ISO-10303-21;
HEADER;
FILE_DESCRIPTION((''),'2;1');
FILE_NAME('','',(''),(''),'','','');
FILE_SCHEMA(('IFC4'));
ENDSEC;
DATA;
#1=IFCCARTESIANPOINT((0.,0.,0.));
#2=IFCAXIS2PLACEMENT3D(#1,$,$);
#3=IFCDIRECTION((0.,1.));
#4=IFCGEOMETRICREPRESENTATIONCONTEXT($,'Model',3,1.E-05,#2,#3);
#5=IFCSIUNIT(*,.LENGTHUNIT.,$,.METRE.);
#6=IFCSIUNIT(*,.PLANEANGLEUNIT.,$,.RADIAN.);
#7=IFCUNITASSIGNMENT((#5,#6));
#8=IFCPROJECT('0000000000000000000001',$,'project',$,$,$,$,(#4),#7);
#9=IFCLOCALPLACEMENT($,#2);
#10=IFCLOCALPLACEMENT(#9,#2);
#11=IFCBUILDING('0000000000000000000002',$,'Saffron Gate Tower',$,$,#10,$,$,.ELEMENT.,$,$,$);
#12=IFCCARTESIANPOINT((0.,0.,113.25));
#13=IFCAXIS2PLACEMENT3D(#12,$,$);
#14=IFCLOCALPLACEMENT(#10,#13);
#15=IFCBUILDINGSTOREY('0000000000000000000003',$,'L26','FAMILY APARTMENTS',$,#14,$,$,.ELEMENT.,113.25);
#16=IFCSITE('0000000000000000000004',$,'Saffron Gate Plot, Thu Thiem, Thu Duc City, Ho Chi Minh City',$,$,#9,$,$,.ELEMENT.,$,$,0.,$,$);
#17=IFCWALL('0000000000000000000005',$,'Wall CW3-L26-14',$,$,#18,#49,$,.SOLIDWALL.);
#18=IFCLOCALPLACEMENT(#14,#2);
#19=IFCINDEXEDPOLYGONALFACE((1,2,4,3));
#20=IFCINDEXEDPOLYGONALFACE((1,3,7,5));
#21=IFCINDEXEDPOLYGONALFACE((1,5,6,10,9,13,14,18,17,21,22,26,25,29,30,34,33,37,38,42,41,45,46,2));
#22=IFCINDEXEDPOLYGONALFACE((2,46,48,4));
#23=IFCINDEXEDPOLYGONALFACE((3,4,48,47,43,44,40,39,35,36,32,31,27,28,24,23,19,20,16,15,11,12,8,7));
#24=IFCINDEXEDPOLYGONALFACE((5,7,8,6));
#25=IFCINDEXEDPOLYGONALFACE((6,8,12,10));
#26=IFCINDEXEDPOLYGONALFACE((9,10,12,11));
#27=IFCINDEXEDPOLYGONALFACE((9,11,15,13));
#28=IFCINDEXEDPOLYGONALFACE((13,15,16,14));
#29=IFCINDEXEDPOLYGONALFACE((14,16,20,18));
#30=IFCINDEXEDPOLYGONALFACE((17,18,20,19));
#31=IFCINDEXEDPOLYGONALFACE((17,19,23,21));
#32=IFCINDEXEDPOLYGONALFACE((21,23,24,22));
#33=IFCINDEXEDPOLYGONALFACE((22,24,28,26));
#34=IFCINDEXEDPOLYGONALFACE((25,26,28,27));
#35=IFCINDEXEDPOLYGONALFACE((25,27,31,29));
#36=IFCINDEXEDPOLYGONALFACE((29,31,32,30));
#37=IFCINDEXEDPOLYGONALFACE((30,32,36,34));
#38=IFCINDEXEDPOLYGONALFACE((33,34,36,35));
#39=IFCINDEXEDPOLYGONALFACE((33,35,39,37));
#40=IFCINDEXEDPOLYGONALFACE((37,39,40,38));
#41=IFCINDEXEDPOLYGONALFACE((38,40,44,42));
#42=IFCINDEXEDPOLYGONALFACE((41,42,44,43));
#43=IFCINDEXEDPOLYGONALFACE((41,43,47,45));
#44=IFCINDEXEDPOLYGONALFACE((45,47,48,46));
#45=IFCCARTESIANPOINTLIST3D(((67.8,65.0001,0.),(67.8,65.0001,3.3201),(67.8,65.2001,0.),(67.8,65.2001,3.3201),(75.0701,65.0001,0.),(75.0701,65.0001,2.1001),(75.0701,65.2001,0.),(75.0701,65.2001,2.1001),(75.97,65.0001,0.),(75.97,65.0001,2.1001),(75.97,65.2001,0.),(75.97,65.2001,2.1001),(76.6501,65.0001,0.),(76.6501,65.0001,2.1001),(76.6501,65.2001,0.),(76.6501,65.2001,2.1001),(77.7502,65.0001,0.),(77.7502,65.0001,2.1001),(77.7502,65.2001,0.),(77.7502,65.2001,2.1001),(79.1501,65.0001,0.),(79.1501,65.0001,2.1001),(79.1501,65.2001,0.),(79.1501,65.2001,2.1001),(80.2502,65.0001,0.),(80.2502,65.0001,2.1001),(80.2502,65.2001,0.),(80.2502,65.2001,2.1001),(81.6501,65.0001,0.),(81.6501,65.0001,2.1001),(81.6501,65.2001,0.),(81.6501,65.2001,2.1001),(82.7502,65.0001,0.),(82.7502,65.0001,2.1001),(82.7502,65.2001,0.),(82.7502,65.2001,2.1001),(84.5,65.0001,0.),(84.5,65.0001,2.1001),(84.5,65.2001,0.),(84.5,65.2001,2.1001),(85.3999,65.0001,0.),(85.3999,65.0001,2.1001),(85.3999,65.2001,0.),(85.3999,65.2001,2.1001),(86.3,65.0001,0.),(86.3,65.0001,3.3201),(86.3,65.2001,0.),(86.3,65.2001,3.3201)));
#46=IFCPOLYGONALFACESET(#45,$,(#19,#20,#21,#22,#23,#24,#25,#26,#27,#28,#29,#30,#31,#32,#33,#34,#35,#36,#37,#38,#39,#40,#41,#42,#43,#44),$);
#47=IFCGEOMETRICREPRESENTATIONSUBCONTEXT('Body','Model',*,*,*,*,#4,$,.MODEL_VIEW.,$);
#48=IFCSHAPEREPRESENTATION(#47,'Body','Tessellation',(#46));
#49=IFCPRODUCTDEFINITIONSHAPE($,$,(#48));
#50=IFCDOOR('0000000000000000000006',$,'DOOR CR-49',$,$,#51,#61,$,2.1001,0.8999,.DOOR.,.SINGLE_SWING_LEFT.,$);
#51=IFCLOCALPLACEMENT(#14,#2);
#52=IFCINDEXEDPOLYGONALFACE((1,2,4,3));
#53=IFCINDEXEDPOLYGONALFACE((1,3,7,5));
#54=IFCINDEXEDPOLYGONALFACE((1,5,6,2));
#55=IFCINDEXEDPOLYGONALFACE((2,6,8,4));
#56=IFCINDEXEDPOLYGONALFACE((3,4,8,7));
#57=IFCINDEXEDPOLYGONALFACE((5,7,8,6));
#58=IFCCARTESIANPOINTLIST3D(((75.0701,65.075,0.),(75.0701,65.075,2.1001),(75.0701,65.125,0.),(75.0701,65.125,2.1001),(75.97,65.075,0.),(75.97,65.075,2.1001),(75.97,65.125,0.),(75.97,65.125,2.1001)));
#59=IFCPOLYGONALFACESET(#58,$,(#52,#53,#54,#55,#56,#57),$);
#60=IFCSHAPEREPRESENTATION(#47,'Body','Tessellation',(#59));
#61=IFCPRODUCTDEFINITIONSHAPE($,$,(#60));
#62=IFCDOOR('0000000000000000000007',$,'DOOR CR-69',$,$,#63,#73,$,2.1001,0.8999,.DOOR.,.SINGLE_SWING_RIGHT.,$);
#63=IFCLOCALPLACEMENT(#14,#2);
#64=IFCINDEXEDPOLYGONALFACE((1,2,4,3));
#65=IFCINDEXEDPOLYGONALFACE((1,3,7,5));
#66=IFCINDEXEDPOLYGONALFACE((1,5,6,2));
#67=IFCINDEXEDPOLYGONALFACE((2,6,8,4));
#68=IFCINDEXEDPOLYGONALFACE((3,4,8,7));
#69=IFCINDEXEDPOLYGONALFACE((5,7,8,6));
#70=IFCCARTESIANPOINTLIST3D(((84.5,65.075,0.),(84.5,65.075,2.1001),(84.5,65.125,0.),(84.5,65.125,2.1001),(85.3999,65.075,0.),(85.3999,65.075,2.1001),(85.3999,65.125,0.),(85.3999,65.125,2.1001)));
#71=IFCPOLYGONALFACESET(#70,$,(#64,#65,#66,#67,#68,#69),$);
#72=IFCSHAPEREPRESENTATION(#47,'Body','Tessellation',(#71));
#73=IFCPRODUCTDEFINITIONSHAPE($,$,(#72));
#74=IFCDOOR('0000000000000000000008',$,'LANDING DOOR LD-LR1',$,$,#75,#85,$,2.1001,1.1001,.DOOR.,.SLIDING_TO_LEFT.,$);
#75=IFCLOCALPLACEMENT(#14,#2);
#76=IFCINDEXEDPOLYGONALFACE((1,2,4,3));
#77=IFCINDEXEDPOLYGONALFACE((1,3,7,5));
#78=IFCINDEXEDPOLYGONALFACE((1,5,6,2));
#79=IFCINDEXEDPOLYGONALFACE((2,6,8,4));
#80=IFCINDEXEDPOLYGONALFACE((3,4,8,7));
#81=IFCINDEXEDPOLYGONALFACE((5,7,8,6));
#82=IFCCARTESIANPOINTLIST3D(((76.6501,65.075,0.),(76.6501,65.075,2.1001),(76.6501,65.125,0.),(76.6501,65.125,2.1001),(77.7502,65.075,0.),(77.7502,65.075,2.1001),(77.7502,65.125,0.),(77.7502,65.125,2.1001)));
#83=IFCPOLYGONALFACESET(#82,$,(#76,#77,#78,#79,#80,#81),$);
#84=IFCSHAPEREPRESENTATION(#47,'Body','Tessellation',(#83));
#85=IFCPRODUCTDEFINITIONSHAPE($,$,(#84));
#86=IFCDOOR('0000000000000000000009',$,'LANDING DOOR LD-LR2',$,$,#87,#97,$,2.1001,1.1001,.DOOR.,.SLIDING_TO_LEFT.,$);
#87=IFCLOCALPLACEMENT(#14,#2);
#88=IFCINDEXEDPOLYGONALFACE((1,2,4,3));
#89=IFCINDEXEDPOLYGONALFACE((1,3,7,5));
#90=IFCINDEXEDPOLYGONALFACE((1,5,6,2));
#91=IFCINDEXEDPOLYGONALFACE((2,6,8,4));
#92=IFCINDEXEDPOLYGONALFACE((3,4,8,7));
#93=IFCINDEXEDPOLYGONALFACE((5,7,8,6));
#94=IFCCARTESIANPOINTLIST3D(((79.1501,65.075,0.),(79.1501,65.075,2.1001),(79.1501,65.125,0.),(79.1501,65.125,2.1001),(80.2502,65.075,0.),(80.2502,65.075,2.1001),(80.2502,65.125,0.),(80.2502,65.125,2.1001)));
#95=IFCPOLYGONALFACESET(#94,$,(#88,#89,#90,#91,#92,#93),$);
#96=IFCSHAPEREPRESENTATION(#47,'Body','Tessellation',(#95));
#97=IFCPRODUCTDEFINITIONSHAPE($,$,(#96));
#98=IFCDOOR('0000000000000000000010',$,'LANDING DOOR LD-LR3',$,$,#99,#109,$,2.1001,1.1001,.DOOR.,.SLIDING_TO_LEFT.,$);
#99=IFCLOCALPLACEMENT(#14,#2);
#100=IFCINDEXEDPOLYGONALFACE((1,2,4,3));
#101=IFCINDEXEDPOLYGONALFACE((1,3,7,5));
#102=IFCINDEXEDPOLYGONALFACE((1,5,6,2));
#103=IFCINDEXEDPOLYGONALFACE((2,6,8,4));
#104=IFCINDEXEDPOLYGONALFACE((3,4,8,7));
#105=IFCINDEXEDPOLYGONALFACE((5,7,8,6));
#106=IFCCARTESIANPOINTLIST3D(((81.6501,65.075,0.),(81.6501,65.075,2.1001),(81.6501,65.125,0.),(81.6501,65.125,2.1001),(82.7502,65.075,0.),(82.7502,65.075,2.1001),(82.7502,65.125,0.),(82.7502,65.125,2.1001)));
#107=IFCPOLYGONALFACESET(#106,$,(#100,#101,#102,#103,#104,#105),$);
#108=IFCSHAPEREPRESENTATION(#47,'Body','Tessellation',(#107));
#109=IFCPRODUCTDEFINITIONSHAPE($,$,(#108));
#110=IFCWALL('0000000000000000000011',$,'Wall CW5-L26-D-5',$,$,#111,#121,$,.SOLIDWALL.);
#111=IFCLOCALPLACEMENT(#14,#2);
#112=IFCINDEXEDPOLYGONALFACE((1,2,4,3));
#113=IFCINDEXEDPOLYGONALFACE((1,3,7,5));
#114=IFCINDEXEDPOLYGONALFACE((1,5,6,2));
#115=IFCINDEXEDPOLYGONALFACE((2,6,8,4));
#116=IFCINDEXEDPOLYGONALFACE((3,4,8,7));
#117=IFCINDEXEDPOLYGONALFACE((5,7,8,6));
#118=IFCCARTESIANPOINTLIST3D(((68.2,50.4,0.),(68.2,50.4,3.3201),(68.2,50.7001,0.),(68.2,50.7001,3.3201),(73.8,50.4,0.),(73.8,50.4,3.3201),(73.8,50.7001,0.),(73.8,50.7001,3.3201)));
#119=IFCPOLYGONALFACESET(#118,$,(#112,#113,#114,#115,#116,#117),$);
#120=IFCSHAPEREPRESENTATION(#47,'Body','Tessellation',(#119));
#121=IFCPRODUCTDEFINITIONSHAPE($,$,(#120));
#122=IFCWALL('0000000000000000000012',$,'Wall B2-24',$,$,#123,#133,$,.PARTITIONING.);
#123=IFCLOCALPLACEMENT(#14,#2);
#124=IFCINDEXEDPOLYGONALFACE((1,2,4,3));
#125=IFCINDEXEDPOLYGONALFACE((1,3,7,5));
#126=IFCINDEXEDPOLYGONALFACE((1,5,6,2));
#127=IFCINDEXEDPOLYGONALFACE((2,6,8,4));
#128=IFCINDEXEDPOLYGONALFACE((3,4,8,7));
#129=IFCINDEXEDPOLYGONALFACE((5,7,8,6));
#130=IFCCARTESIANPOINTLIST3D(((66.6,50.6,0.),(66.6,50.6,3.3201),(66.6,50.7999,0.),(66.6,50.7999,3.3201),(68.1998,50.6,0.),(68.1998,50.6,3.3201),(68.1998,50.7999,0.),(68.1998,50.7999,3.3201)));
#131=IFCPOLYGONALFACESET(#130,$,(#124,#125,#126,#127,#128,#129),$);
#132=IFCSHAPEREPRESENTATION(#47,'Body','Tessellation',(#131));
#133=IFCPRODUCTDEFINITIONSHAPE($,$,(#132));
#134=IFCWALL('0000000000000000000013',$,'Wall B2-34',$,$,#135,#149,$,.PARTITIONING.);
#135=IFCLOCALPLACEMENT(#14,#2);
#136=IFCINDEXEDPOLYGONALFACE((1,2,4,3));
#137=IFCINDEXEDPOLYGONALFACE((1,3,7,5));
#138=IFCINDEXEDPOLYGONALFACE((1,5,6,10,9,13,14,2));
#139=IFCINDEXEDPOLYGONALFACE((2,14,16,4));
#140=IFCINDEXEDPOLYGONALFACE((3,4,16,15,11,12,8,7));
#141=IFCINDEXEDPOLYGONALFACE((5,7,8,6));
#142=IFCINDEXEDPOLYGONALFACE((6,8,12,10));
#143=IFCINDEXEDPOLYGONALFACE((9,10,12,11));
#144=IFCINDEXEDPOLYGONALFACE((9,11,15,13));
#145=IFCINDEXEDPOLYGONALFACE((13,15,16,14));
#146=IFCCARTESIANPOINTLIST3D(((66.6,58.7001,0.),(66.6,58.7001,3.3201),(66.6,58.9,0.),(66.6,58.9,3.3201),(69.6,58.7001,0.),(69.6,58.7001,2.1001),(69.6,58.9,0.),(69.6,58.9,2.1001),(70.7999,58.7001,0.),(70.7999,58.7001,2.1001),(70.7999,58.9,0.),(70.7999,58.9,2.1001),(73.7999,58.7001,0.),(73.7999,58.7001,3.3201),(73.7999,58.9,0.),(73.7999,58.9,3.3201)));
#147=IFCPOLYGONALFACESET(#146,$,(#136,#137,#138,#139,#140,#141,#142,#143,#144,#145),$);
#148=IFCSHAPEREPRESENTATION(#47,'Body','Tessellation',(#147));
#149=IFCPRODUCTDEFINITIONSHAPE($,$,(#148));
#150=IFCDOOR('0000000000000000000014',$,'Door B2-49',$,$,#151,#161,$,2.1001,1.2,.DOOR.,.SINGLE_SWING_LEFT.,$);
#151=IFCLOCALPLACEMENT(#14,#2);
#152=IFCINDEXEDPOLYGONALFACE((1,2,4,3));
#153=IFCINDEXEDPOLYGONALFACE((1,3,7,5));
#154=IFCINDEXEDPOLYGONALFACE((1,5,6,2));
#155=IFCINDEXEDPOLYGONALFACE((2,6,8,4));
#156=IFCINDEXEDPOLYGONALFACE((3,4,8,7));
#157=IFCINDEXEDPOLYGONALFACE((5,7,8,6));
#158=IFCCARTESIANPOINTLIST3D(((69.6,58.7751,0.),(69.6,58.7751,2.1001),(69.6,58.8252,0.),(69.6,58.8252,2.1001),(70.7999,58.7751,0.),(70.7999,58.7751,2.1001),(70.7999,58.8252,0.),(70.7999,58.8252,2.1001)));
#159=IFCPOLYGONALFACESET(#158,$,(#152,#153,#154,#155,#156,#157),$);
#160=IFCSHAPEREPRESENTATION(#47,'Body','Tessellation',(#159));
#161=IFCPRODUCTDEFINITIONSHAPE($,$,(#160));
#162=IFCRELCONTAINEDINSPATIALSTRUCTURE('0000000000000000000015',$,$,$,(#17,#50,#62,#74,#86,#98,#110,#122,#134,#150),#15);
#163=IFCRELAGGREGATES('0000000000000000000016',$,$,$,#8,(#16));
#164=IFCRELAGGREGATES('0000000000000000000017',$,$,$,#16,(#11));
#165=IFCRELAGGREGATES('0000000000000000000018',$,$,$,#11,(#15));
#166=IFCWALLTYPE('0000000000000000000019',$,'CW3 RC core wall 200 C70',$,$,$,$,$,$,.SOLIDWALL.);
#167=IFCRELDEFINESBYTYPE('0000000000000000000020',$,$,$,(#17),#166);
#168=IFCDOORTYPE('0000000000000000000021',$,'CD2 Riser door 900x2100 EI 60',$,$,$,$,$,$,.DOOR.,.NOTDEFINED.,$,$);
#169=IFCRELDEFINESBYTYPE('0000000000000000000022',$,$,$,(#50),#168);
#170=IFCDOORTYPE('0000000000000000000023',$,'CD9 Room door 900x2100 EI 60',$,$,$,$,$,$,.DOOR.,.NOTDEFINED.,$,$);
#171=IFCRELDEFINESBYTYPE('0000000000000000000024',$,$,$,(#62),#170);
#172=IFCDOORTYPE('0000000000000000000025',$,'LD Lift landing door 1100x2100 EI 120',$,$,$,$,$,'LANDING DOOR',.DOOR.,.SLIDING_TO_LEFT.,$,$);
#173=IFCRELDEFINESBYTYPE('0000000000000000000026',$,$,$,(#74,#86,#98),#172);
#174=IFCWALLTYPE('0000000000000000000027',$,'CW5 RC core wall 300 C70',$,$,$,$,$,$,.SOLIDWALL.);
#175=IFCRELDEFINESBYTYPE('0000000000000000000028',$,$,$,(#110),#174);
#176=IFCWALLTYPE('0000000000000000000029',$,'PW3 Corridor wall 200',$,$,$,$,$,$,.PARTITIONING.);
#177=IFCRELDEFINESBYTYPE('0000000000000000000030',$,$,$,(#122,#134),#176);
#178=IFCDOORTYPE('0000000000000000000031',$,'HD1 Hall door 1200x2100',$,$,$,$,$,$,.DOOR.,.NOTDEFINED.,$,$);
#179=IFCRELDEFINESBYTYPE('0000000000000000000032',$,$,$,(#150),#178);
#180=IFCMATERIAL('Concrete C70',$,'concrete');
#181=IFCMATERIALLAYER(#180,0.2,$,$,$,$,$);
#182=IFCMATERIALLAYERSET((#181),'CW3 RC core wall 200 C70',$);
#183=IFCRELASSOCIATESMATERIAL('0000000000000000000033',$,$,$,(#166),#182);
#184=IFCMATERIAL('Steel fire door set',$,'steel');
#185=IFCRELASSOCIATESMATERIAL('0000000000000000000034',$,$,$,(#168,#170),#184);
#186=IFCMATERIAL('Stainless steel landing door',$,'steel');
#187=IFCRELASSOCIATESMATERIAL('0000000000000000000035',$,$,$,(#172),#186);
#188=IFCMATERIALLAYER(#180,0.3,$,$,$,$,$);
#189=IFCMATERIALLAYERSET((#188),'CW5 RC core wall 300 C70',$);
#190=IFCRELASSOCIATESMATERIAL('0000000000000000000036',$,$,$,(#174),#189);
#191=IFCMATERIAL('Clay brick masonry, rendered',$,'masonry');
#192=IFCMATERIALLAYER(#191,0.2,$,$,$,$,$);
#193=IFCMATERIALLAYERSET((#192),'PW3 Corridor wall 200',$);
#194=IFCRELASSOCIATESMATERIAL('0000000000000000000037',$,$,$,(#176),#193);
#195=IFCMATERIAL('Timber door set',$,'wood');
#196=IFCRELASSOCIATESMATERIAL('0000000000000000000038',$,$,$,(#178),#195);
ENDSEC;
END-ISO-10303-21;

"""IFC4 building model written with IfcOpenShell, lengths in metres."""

from ifc_helpers import new_model, si_unit, direction, frame, frame_2d, origin, place, context, subcontext, project, spatial, rectangle, extrude, material, layer, layer_set, type_object, element, fill, save


model = new_model("IFC4")

# Units and contexts
model_context = context("Model", 3, precision=1e-05, world=origin(), true_north=direction((0.0, 1.0)))
body_context = subcontext(model_context, "Body", "Model", "MODEL_VIEW")
ifc_project = project(units=[si_unit("LENGTHUNIT", "METRE"), si_unit("PLANEANGLEUNIT", "RADIAN")], contexts=[model_context])

# Site, building, storey
site_placement = place(None, origin())
site = spatial("IfcSite", under=ifc_project, at=site_placement, Name="Saffron Gate Plot, Thu Thiem, Thu Duc City, Ho Chi Minh City", CompositionType="ELEMENT", RefElevation=0.0)
building_placement = place(site_placement, origin())
building = spatial("IfcBuilding", under=site, at=building_placement, Name="Saffron Gate Tower", CompositionType="ELEMENT")
storey_placement = place(building_placement, frame((0.0, 0.0, 113.25)))
storey = spatial("IfcBuildingStorey", under=building, at=storey_placement, Name="L26", Description="FAMILY APARTMENTS", CompositionType="ELEMENT", Elevation=113.25)

# Shared definitions
ifc_material_1 = material(Name="Concrete C70", Category="concrete")
ifc_material_2 = material(Name="Steel fire door set", Category="steel")

# Wall, openings, doors
ifc_layer_1 = layer(ifc_material_1, 0.2)
ifc_layer_set_1 = layer_set([ifc_layer_1], Name="CW3 RC core wall 200 C70")
wall_type_1 = type_object("IfcWallType", Name="CW3 RC core wall 200 C70", PredefinedType="SOLIDWALL", material=ifc_layer_set_1)
wall_1_placement = place(storey_placement, frame((67.8, 65.1001, 0.0), z_axis=(0.0, 0.0, 1.0), x_axis=(1.0, 0.0, 0.0)))
wall_1 = element("IfcWall", 1, at=wall_1_placement, inside=storey, type_object=wall_type_1, Name="Wall CW3-L26-14", PredefinedType="SOLIDWALL", context=body_context, shape_type="SweptSolid", body=[
    extrude(rectangle(XDim=18.5, YDim=0.2, at=frame_2d((9.25, 0.0))), origin(), (0.0, 0.0, 1.0), 3.3201),
])
opening_1_placement = place(wall_1_placement, frame((7.27, 0.0, 0.0)))
opening_1 = element("IfcOpeningElement", 2, at=opening_1_placement, cuts=wall_1, PredefinedType="OPENING", context=body_context, shape_type="SweptSolid", body=[
    extrude(rectangle(XDim=0.8999, YDim=2.1001, at=frame_2d((0.45, 1.05))), frame((0.0, 0.1099, 0.0), z_axis=(0.0, -1.0, 0.0), x_axis=(1.0, 0.0, 0.0)), (0.0, 0.0, 1.0), 0.22),
])
opening_2_placement = place(wall_1_placement, frame((8.8501, 0.0, 0.0)))
opening_2 = element("IfcOpeningElement", 3, at=opening_2_placement, cuts=wall_1, PredefinedType="OPENING", context=body_context, shape_type="SweptSolid", body=[
    extrude(rectangle(XDim=1.1001, YDim=2.1001, at=frame_2d((0.55, 1.05))), frame((0.0, 0.1099, 0.0), z_axis=(0.0, -1.0, 0.0), x_axis=(1.0, 0.0, 0.0)), (0.0, 0.0, 1.0), 0.22),
])
opening_3_placement = place(wall_1_placement, frame((11.3501, 0.0, 0.0)))
opening_3 = element("IfcOpeningElement", 4, at=opening_3_placement, cuts=wall_1, PredefinedType="OPENING", context=body_context, shape_type="SweptSolid", body=[
    extrude(rectangle(XDim=1.1001, YDim=2.1001, at=frame_2d((0.55, 1.05))), frame((0.0, 0.1099, 0.0), z_axis=(0.0, -1.0, 0.0), x_axis=(1.0, 0.0, 0.0)), (0.0, 0.0, 1.0), 0.22),
])
opening_4_placement = place(wall_1_placement, frame((13.8501, 0.0, 0.0)))
opening_4 = element("IfcOpeningElement", 5, at=opening_4_placement, cuts=wall_1, PredefinedType="OPENING", context=body_context, shape_type="SweptSolid", body=[
    extrude(rectangle(XDim=1.1001, YDim=2.1001, at=frame_2d((0.55, 1.05))), frame((0.0, 0.1099, 0.0), z_axis=(0.0, -1.0, 0.0), x_axis=(1.0, 0.0, 0.0)), (0.0, 0.0, 1.0), 0.22),
])
opening_5_placement = place(wall_1_placement, frame((16.7, 0.0, 0.0)))
opening_5 = element("IfcOpeningElement", 6, at=opening_5_placement, cuts=wall_1, PredefinedType="OPENING", context=body_context, shape_type="SweptSolid", body=[
    extrude(rectangle(XDim=0.8999, YDim=2.1001, at=frame_2d((0.45, 1.05))), frame((0.0, 0.1099, 0.0), z_axis=(0.0, -1.0, 0.0), x_axis=(1.0, 0.0, 0.0)), (0.0, 0.0, 1.0), 0.22),
])
door_type_1 = type_object("IfcDoorType", Name="CD2 Riser door 900x2100 EI 60", OperationType="NOTDEFINED", PredefinedType="DOOR", material=ifc_material_2)
door_1_placement = place(opening_1_placement, origin())
door_1 = element("IfcDoor", 7, at=door_1_placement, inside=storey, type_object=door_type_1, Name="DOOR CR-49", OperationType="SINGLE_SWING_LEFT", OverallHeight=2.1001, OverallWidth=0.8999, PredefinedType="DOOR", context=body_context, shape_type="SweptSolid", body=[
    extrude(rectangle(XDim=0.8999, YDim=2.1001, at=frame_2d((0.45, 1.05))), frame((0.0, 0.0249, 0.0), z_axis=(0.0, -1.0, 0.0), x_axis=(1.0, 0.0, 0.0)), (0.0, 0.0, 1.0), 0.05),
])
fill(opening_1, door_1)
door_type_2 = type_object("IfcDoorType", Name="CD9 Room door 900x2100 EI 60", OperationType="NOTDEFINED", PredefinedType="DOOR", material=ifc_material_2)
door_2_placement = place(opening_5_placement, origin())
door_2 = element("IfcDoor", 8, at=door_2_placement, inside=storey, type_object=door_type_2, Name="DOOR CR-69", OperationType="SINGLE_SWING_RIGHT", OverallHeight=2.1001, OverallWidth=0.8999, PredefinedType="DOOR", context=body_context, shape_type="SweptSolid", body=[
    extrude(rectangle(XDim=0.8999, YDim=2.1001, at=frame_2d((0.45, 1.05))), frame((0.0, 0.0249, 0.0), z_axis=(0.0, -1.0, 0.0), x_axis=(1.0, 0.0, 0.0)), (0.0, 0.0, 1.0), 0.05),
])
fill(opening_5, door_2)
ifc_material_3 = material(Name="Stainless steel landing door", Category="steel")
door_type_3 = type_object("IfcDoorType", Name="LD Lift landing door 1100x2100 EI 120", ElementType="LANDING DOOR", OperationType="SLIDING_TO_LEFT", PredefinedType="DOOR", material=ifc_material_3)
door_3_placement = place(opening_2_placement, origin())
door_3 = element("IfcDoor", 9, at=door_3_placement, inside=storey, type_object=door_type_3, Name="LANDING DOOR LD-LR1", OperationType="SLIDING_TO_LEFT", OverallHeight=2.1001, OverallWidth=1.1001, PredefinedType="DOOR", context=body_context, shape_type="SweptSolid", body=[
    extrude(rectangle(XDim=1.1001, YDim=2.1001, at=frame_2d((0.55, 1.05))), frame((0.0, 0.0249, 0.0), z_axis=(0.0, -1.0, 0.0), x_axis=(1.0, 0.0, 0.0)), (0.0, 0.0, 1.0), 0.05),
])
fill(opening_2, door_3)
door_4_placement = place(opening_3_placement, origin())
door_4 = element("IfcDoor", 10, at=door_4_placement, inside=storey, type_object=door_type_3, Name="LANDING DOOR LD-LR2", OperationType="SLIDING_TO_LEFT", OverallHeight=2.1001, OverallWidth=1.1001, PredefinedType="DOOR", context=body_context, shape_type="SweptSolid", body=[
    extrude(rectangle(XDim=1.1001, YDim=2.1001, at=frame_2d((0.55, 1.05))), frame((0.0, 0.0249, 0.0), z_axis=(0.0, -1.0, 0.0), x_axis=(1.0, 0.0, 0.0)), (0.0, 0.0, 1.0), 0.05),
])
fill(opening_3, door_4)
door_5_placement = place(opening_4_placement, origin())
door_5 = element("IfcDoor", 11, at=door_5_placement, inside=storey, type_object=door_type_3, Name="LANDING DOOR LD-LR3", OperationType="SLIDING_TO_LEFT", OverallHeight=2.1001, OverallWidth=1.1001, PredefinedType="DOOR", context=body_context, shape_type="SweptSolid", body=[
    extrude(rectangle(XDim=1.1001, YDim=2.1001, at=frame_2d((0.55, 1.05))), frame((0.0, 0.0249, 0.0), z_axis=(0.0, -1.0, 0.0), x_axis=(1.0, 0.0, 0.0)), (0.0, 0.0, 1.0), 0.05),
])
fill(opening_4, door_5)

# Walls
ifc_layer_2 = layer(ifc_material_1, 0.3)
ifc_layer_set_2 = layer_set([ifc_layer_2], Name="CW5 RC core wall 300 C70")
wall_type_2 = type_object("IfcWallType", Name="CW5 RC core wall 300 C70", PredefinedType="SOLIDWALL", material=ifc_layer_set_2)
wall_2_placement = place(storey_placement, frame((68.2, 50.55, 0.0), z_axis=(0.0, 0.0, 1.0), x_axis=(1.0, 0.0, 0.0)))
element("IfcWall", 12, at=wall_2_placement, inside=storey, type_object=wall_type_2, Name="Wall CW5-L26-D-5", PredefinedType="SOLIDWALL", context=body_context, shape_type="SweptSolid", body=[
    extrude(rectangle(XDim=5.6001, YDim=0.3, at=frame_2d((2.8, 0.0))), origin(), (0.0, 0.0, 1.0), 3.3201),
])
ifc_material_4 = material(Name="Clay brick masonry, rendered", Category="masonry")
ifc_layer_3 = layer(ifc_material_4, 0.2)
ifc_layer_set_3 = layer_set([ifc_layer_3], Name="PW3 Corridor wall 200")
wall_type_3 = type_object("IfcWallType", Name="PW3 Corridor wall 200", PredefinedType="PARTITIONING", material=ifc_layer_set_3)
wall_3_placement = place(storey_placement, frame((66.6001, 50.7, 0.0), z_axis=(0.0, 0.0, 1.0), x_axis=(1.0, 0.0, 0.0)))
element("IfcWall", 13, at=wall_3_placement, inside=storey, type_object=wall_type_3, Name="Wall B2-24", PredefinedType="PARTITIONING", context=body_context, shape_type="SweptSolid", body=[
    extrude(rectangle(XDim=1.5999, YDim=0.2, at=frame_2d((0.7998, 0.0))), origin(), (0.0, 0.0, 1.0), 3.3201),
])

# Wall, opening, door
wall_4_placement = place(storey_placement, frame((73.8, 58.8, 0.0), z_axis=(0.0, 0.0, 1.0), x_axis=(-1.0, 0.0, 0.0)))
wall_4 = element("IfcWall", 14, at=wall_4_placement, inside=storey, type_object=wall_type_3, Name="Wall B2-34", PredefinedType="PARTITIONING", context=body_context, shape_type="SweptSolid", body=[
    extrude(rectangle(XDim=7.2, YDim=0.2, at=frame_2d((3.6001, 0.0))), origin(), (0.0, 0.0, 1.0), 3.3201),
])
opening_6_placement = place(wall_4_placement, frame((3.0, 0.0, 0.0)))
opening_6 = element("IfcOpeningElement", 15, at=opening_6_placement, cuts=wall_4, PredefinedType="OPENING", context=body_context, shape_type="SweptSolid", body=[
    extrude(rectangle(XDim=1.2, YDim=2.1001, at=frame_2d((0.6001, 1.05))), frame((0.0, 0.1099, 0.0), z_axis=(0.0, -1.0, 0.0), x_axis=(1.0, 0.0, 0.0)), (0.0, 0.0, 1.0), 0.22),
])
ifc_material_5 = material(Name="Timber door set", Category="wood")
door_type_4 = type_object("IfcDoorType", Name="HD1 Hall door 1200x2100", OperationType="NOTDEFINED", PredefinedType="DOOR", material=ifc_material_5)
door_6_placement = place(opening_6_placement, origin())
door_6 = element("IfcDoor", 16, at=door_6_placement, inside=storey, type_object=door_type_4, Name="Door B2-49", OperationType="SINGLE_SWING_LEFT", OverallHeight=2.1001, OverallWidth=1.2, PredefinedType="DOOR", context=body_context, shape_type="SweptSolid", body=[
    extrude(rectangle(XDim=1.2, YDim=2.1001, at=frame_2d((0.6001, 1.05))), frame((0.0, 0.0249, 0.0), z_axis=(0.0, -1.0, 0.0), x_axis=(1.0, 0.0, 0.0)), (0.0, 0.0, 1.0), 0.05),
])
fill(opening_6, door_6)

save(model, "model.ifc")
